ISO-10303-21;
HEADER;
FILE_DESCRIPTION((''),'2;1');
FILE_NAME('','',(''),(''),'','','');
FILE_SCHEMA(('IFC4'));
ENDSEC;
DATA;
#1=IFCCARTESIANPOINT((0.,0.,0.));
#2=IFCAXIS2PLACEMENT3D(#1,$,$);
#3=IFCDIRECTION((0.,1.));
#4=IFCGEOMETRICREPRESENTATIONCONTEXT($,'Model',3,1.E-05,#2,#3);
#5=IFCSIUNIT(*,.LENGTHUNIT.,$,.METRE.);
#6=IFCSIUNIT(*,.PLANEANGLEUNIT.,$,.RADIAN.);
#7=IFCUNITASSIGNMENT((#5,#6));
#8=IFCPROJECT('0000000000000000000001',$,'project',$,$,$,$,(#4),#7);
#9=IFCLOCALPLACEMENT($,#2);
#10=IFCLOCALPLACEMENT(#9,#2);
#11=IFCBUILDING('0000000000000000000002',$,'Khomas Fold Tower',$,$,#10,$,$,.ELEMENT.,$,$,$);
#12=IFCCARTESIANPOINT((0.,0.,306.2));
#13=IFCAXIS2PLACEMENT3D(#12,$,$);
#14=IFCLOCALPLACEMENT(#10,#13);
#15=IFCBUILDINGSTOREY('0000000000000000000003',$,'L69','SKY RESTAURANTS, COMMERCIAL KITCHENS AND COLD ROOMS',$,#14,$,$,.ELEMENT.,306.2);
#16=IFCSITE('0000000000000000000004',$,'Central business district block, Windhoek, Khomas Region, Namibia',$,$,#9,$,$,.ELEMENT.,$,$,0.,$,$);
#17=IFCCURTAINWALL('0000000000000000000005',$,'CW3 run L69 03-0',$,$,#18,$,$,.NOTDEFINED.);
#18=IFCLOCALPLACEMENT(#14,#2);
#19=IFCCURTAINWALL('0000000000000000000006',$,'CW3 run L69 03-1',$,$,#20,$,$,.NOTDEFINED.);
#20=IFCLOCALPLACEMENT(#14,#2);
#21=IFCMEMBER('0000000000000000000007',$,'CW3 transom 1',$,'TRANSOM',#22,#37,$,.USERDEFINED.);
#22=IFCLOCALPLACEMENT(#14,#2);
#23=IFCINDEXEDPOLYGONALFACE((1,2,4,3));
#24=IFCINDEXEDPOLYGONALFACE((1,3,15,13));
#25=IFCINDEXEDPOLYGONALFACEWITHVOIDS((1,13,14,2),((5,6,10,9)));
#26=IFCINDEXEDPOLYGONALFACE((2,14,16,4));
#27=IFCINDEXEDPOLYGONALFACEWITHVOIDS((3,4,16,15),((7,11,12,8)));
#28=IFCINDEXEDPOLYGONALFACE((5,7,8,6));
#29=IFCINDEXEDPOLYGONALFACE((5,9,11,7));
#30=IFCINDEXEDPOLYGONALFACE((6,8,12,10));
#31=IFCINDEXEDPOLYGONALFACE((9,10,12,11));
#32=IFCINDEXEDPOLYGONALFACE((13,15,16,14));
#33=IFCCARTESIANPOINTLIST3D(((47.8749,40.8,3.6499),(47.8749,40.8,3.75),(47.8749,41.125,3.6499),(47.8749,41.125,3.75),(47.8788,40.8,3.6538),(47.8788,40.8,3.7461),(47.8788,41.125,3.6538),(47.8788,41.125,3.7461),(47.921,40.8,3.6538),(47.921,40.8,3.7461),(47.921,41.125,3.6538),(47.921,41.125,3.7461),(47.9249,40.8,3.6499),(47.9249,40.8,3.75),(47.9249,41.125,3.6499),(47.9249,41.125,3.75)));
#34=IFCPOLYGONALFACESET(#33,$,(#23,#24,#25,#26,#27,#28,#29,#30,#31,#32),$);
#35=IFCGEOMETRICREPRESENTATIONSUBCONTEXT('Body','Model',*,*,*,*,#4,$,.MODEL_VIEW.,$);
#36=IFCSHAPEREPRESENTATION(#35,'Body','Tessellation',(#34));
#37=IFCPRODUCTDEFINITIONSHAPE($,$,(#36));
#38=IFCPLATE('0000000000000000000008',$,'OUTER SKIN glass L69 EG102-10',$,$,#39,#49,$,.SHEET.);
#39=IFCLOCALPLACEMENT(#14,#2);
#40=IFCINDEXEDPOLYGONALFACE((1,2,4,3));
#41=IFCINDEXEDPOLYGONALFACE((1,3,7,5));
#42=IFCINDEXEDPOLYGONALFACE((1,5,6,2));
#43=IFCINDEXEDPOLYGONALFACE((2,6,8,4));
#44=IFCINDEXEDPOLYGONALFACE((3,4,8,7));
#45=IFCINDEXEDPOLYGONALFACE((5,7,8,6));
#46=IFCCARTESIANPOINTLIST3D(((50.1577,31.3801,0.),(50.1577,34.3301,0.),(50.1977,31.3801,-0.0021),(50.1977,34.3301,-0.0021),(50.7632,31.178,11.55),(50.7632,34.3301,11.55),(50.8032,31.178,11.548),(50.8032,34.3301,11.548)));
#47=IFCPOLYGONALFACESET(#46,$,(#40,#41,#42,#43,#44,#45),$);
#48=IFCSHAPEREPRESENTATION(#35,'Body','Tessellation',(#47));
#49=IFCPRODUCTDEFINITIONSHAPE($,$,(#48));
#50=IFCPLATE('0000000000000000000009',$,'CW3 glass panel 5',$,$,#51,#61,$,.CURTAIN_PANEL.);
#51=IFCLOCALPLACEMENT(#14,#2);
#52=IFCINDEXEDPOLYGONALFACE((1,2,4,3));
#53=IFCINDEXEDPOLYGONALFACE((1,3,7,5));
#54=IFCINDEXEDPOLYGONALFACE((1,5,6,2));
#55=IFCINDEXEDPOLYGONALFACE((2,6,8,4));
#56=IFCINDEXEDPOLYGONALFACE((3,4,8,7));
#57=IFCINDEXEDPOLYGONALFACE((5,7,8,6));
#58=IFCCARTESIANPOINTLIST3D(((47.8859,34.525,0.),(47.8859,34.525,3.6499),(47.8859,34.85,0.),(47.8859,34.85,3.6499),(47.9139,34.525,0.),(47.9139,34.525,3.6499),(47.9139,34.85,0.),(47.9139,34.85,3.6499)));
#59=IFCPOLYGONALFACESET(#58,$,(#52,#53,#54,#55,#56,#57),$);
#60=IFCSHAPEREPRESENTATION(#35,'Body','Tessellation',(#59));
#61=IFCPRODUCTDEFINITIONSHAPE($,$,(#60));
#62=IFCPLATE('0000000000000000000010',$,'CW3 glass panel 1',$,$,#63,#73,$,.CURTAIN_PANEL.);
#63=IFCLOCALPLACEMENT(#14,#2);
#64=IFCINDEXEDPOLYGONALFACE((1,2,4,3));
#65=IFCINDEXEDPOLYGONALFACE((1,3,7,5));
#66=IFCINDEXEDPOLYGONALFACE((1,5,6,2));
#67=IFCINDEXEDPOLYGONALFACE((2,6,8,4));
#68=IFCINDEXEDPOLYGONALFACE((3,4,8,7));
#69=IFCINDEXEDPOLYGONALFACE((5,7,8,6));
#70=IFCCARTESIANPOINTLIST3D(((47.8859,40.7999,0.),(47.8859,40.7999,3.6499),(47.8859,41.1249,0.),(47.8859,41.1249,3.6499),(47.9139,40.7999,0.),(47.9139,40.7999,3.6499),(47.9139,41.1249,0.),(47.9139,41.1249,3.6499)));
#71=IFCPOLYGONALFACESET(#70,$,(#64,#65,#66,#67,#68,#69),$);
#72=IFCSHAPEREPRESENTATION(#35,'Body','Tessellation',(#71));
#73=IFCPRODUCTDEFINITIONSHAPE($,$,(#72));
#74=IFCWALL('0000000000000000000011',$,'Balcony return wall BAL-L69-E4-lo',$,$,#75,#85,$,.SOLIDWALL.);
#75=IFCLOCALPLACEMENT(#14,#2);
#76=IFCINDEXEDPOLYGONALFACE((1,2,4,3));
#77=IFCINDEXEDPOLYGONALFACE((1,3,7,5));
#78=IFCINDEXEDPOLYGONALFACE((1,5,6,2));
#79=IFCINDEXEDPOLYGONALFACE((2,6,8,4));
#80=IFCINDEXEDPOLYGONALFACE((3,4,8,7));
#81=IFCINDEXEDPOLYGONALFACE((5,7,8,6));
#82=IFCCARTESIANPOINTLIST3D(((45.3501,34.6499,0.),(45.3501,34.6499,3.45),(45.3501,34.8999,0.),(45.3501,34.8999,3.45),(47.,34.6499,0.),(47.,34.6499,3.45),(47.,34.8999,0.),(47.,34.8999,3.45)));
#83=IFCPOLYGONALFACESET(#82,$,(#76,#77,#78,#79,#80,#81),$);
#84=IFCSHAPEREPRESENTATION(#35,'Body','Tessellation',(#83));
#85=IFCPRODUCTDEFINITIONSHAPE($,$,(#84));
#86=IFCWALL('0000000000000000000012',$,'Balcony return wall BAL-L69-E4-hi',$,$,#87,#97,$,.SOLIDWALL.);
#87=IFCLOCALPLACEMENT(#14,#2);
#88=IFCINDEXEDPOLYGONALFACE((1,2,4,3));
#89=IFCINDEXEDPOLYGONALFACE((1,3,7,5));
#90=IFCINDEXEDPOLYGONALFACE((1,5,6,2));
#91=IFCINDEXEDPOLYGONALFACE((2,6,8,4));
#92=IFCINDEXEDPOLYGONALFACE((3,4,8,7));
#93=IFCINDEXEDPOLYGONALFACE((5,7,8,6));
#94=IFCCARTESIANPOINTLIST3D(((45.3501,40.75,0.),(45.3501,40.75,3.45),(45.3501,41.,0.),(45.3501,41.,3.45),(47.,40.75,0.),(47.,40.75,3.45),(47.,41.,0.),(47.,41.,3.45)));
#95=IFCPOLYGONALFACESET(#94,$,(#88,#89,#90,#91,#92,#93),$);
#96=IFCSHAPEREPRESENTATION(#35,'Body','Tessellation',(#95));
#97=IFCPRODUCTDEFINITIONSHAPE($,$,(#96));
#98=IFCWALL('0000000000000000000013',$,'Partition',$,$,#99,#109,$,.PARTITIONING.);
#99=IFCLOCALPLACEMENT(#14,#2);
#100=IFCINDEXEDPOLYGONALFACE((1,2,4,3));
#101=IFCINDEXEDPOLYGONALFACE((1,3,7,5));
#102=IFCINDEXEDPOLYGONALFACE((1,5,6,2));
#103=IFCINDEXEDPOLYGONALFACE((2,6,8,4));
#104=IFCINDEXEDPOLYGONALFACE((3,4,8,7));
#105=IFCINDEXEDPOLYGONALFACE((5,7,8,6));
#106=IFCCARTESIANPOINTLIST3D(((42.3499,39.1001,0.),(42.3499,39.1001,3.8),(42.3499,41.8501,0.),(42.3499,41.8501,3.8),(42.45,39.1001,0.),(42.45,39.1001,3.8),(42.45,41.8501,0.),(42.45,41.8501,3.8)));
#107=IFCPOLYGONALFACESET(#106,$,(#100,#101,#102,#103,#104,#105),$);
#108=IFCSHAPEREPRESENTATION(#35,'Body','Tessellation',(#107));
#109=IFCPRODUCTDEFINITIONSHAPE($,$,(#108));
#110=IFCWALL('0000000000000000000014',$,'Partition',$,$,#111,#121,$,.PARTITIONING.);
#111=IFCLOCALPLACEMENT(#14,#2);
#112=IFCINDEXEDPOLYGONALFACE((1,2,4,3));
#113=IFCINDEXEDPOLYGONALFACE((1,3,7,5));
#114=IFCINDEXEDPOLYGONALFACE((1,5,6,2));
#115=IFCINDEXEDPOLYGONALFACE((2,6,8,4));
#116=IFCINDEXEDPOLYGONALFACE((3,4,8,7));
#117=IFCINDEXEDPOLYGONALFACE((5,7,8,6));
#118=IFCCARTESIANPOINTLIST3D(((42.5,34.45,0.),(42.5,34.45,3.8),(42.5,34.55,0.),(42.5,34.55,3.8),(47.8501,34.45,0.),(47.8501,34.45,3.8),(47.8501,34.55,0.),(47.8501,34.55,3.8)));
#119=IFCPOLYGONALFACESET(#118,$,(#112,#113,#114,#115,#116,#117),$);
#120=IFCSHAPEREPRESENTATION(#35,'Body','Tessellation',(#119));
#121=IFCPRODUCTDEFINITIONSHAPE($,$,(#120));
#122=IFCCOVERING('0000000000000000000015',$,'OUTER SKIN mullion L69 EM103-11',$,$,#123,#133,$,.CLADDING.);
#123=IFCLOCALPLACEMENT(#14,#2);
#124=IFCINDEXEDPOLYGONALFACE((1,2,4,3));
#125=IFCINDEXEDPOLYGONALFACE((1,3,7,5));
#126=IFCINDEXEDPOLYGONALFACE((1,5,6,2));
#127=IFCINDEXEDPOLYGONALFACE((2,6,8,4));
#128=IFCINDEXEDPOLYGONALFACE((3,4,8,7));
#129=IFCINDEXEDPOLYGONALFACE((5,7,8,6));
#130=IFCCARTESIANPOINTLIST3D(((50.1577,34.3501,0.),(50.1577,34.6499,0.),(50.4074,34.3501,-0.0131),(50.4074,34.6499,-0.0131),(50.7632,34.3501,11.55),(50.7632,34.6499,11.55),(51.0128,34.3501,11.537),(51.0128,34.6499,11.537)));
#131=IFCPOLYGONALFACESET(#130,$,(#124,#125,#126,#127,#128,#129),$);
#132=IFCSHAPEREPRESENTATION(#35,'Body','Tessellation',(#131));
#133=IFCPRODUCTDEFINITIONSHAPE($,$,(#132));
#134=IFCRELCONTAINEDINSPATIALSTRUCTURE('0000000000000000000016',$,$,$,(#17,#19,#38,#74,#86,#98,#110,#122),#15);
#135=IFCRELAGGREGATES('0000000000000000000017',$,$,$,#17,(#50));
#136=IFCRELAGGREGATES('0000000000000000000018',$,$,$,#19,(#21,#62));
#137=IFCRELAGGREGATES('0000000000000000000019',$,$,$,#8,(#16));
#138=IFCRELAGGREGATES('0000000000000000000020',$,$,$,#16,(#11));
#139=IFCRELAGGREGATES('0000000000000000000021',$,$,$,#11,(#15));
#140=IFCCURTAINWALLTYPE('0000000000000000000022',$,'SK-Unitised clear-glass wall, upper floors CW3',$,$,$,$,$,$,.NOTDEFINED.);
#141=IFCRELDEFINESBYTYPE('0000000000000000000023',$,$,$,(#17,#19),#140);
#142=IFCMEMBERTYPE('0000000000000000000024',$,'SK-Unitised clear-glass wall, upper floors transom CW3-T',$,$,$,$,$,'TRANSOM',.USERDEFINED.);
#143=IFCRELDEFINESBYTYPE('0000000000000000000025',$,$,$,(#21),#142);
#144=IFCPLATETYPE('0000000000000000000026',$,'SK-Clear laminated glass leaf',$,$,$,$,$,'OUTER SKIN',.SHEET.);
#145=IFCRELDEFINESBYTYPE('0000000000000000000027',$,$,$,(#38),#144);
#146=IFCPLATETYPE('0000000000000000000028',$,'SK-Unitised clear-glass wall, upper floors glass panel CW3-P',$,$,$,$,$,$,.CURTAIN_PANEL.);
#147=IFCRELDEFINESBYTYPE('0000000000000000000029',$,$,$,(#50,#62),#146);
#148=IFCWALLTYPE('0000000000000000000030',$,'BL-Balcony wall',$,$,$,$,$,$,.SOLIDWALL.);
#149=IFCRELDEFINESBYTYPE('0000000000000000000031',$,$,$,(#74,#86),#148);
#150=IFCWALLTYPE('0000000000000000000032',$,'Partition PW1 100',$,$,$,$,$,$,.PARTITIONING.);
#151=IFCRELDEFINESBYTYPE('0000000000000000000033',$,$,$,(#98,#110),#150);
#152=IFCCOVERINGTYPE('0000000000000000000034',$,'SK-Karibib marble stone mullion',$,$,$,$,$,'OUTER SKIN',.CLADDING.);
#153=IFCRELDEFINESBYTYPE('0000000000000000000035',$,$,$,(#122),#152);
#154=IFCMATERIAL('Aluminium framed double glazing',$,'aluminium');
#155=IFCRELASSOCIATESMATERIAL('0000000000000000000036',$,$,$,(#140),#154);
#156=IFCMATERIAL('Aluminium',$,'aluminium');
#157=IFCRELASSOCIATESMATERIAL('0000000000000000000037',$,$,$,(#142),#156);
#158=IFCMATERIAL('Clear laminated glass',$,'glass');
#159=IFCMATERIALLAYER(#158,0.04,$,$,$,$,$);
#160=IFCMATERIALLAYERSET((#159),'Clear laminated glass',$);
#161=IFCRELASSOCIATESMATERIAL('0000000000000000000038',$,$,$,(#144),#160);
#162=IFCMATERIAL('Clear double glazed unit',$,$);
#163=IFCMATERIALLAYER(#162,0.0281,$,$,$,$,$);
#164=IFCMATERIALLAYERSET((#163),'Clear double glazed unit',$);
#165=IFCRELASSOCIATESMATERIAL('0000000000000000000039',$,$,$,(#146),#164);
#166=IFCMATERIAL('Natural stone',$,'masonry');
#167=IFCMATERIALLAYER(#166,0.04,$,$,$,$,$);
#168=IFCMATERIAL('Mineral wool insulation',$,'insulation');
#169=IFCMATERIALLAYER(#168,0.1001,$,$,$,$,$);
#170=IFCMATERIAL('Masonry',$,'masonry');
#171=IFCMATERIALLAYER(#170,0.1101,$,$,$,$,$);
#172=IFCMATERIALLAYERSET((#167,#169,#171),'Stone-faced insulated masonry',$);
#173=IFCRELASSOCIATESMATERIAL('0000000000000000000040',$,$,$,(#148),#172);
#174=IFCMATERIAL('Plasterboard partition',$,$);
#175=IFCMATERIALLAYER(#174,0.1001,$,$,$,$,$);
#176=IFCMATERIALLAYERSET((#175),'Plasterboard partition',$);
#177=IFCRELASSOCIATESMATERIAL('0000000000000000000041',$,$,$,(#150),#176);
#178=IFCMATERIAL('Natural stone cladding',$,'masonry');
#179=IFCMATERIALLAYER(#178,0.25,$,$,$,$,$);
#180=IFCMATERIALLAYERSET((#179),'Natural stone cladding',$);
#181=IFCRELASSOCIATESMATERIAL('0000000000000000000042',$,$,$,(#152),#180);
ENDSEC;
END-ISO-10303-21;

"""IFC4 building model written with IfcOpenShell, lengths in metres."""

from ifc_helpers import new_model, si_unit, direction, frame, frame_2d, origin, origin_2d, place, context, subcontext, project, spatial, polyline, rectangle, hollow_rectangle, outline, extrude, source, transform, mapped, material, layer, layer_set, material_profile, profile_set, type_object, element, aggregate, save


model = new_model("IFC4")

# Units and contexts
model_context = context("Model", 3, precision=1e-05, world=origin(), true_north=direction((0.0, 1.0)))
body_context = subcontext(model_context, "Body", "Model", "MODEL_VIEW")
ifc_project = project(units=[si_unit("LENGTHUNIT", "METRE"), si_unit("PLANEANGLEUNIT", "RADIAN")], contexts=[model_context])

# Site, building, storey
site_placement = place(None, origin())
site = spatial("IfcSite", under=ifc_project, at=site_placement, Name="Central business district block, Windhoek, Khomas Region, Namibia", CompositionType="ELEMENT", RefElevation=0.0)
building_placement = place(site_placement, origin())
building = spatial("IfcBuilding", under=site, at=building_placement, Name="Khomas Fold Tower", CompositionType="ELEMENT")
storey_placement = place(building_placement, frame((0.0, 0.0, 306.2)))
storey = spatial("IfcBuildingStorey", under=building, at=storey_placement, Name="L69", Description="SKY RESTAURANTS, COMMERCIAL KITCHENS AND COLD ROOMS", CompositionType="ELEMENT", Elevation=306.2)

# Curtain wall
ifc_material_1 = material(Name="Aluminium framed double glazing", Category="aluminium")
curtain_wall_type = type_object("IfcCurtainWallType", Name="SK-Unitised clear-glass wall, upper floors CW3", PredefinedType="NOTDEFINED", material=ifc_material_1)
curtain_wall_1_placement = place(storey_placement, origin())
curtain_wall_1 = element("IfcCurtainWall", 1, at=curtain_wall_1_placement, inside=storey, type_object=curtain_wall_type, Name="CW3 run L69 03-0", PredefinedType="NOTDEFINED")

# Curtain wall
curtain_wall_2_placement = place(storey_placement, origin())
curtain_wall_2 = element("IfcCurtainWall", 2, at=curtain_wall_2_placement, inside=storey, type_object=curtain_wall_type, Name="CW3 run L69 03-1", PredefinedType="NOTDEFINED")

# Member
ifc_material_2 = material(Name="Aluminium", Category="aluminium")
ifc_material_profile_1 = material_profile(ifc_material_2, hollow_rectangle(XDim=0.05, YDim=0.1001, WallThickness=0.0039, at=origin_2d()), Name="SK-Unitised clear-glass wall, upper floors transom CW3-T")
ifc_profile_set_1 = profile_set([ifc_material_profile_1], Name="Aluminium")
member_type_1 = type_object("IfcMemberType", Name="SK-Unitised clear-glass wall, upper floors transom CW3-T", ElementType="TRANSOM", PredefinedType="USERDEFINED", material=ifc_profile_set_1)
shared_shape_1 = source(origin(), body_context, "Body", "SweptSolid", [
    extrude(hollow_rectangle(XDim=0.05, YDim=0.1001, WallThickness=0.0039, at=origin_2d()), origin(), (0.0, 0.0, 1.0), 0.325),
])
member_1_placement = place(storey_placement, frame((47.8999, 40.8, 3.7), z_axis=(0.0, 1.0, 0.0), x_axis=(-1.0, 0.0, 0.0)))
member_1 = element("IfcMember", 3, at=member_1_placement, type_object=member_type_1, Name="CW3 transom 1", ObjectType="TRANSOM", PredefinedType="USERDEFINED", context=body_context, shape_type="MappedRepresentation", body=[
    mapped(shared_shape_1, transform((0.0, 0.0, 0.0))),
])

# Plates
ifc_material_3 = material(Name="Clear laminated glass", Category="glass")
ifc_layer_1 = layer(ifc_material_3, 0.04)
ifc_layer_set_1 = layer_set([ifc_layer_1], Name="Clear laminated glass")
plate_type_1 = type_object("IfcPlateType", Name="SK-Clear laminated glass leaf", ElementType="OUTER SKIN", PredefinedType="SHEET", material=ifc_layer_set_1)
plate_1_placement = place(storey_placement, frame((50.1577, 31.3801, 0.0), z_axis=(-0.998629, 0.0, 0.052349), x_axis=(0.052341, -0.017475, 0.998476)))
element("IfcPlate", 4, at=plate_1_placement, inside=storey, type_object=plate_type_1, Name="OUTER SKIN glass L69 EG102-10", PredefinedType="SHEET", context=body_context, shape_type="SweptSolid", body=[
    extrude(outline(polyline([(0.0, 0.0), (11.5677, 0.0), (11.5126, 3.1516), (-0.0516, 2.9495), (0.0, 0.0)])), origin(), (0.0, 0.0, -1.0), 0.04),
])
ifc_material_4 = material(Name="Clear double glazed unit")
ifc_layer_2 = layer(ifc_material_4, 0.0281)
ifc_layer_set_2 = layer_set([ifc_layer_2], Name="Clear double glazed unit")
plate_type_2 = type_object("IfcPlateType", Name="SK-Unitised clear-glass wall, upper floors glass panel CW3-P", PredefinedType="CURTAIN_PANEL", material=ifc_layer_set_2)
shared_shape_2 = source(origin(), body_context, "Body", "SweptSolid", [
    extrude(rectangle(XDim=0.325, YDim=0.0281, at=origin_2d()), origin(), (0.0, 0.0, 1.0), 3.6499),
])
plate_2_placement = place(storey_placement, frame((47.8999, 34.6875, 0.0), z_axis=(0.0, 0.0, 1.0), x_axis=(0.0, 1.0, 0.0)))
plate_2 = element("IfcPlate", 5, at=plate_2_placement, type_object=plate_type_2, Name="CW3 glass panel 5", PredefinedType="CURTAIN_PANEL", context=body_context, shape_type="MappedRepresentation", body=[
    mapped(shared_shape_2, transform((0.0, 0.0, 0.0))),
])
aggregate(curtain_wall_1, [plate_2])
plate_3_placement = place(storey_placement, frame((47.8999, 40.9624, 0.0), z_axis=(0.0, 0.0, 1.0), x_axis=(0.0, 1.0, 0.0)))
plate_3 = element("IfcPlate", 6, at=plate_3_placement, type_object=plate_type_2, Name="CW3 glass panel 1", PredefinedType="CURTAIN_PANEL", context=body_context, shape_type="MappedRepresentation", body=[
    mapped(shared_shape_2, transform((0.0, 0.0, 0.0))),
])
aggregate(curtain_wall_2, [member_1, plate_3])

# Shared definitions
ifc_material_5 = material(Name="Natural stone", Category="masonry")
ifc_layer_3 = layer(ifc_material_5, 0.04)
ifc_material_6 = material(Name="Mineral wool insulation", Category="insulation")
ifc_layer_4 = layer(ifc_material_6, 0.1001)
ifc_material_7 = material(Name="Masonry", Category="masonry")
ifc_layer_5 = layer(ifc_material_7, 0.1101)
ifc_layer_set_3 = layer_set([ifc_layer_3, ifc_layer_4, ifc_layer_5], Name="Stone-faced insulated masonry")
wall_type_1 = type_object("IfcWallType", Name="BL-Balcony wall", PredefinedType="SOLIDWALL", material=ifc_layer_set_3)

# Walls
shared_shape_3 = source(origin(), body_context, "Body", "SweptSolid", [
    extrude(rectangle(XDim=1.6499, YDim=0.25, at=frame_2d((0.825, 0.0))), origin(), (0.0, 0.0, 1.0), 3.45),
])
for number, where, z_axis, x_axis, name in (
    (7, (47.0, 34.7749, 0.0), (0.0, 0.0, 1.0), (-1.0, 0.0, 0.0), "Balcony return wall BAL-L69-E4-lo"),
    (8, (47.0, 40.875, 0.0), (0.0, 0.0, 1.0), (-1.0, 0.0, 0.0), "Balcony return wall BAL-L69-E4-hi"),
):
    element("IfcWall", number, at=place(storey_placement, frame(where, z_axis=z_axis, x_axis=x_axis)), inside=storey, type_object=wall_type_1, Name=name, PredefinedType="SOLIDWALL", context=body_context, shape_type="MappedRepresentation", body=[
        mapped(shared_shape_3, transform((0.0, 0.0, 0.0))),
    ])
ifc_material_8 = material(Name="Plasterboard partition")
ifc_layer_6 = layer(ifc_material_8, 0.1001)
ifc_layer_set_4 = layer_set([ifc_layer_6], Name="Plasterboard partition")
wall_type_2 = type_object("IfcWallType", Name="Partition PW1 100", PredefinedType="PARTITIONING", material=ifc_layer_set_4)
shared_shape_4 = source(origin(), body_context, "Body", "SweptSolid", [
    extrude(rectangle(XDim=2.75, YDim=0.1001, at=frame_2d((1.375, 0.0))), origin(), (0.0, 0.0, 1.0), 3.8),
])
wall_1_placement = place(storey_placement, frame((42.3999, 39.1001, 0.0), z_axis=(0.0, 0.0, 1.0), x_axis=(0.0, 1.0, 0.0)))
element("IfcWall", 9, at=wall_1_placement, inside=storey, type_object=wall_type_2, Name="Partition", PredefinedType="PARTITIONING", context=body_context, shape_type="MappedRepresentation", body=[
    mapped(shared_shape_4, transform((0.0, 0.0, 0.0))),
])
shared_shape_5 = source(origin(), body_context, "Body", "SweptSolid", [
    extrude(rectangle(XDim=5.3501, YDim=0.1001, at=frame_2d((2.675, 0.0))), origin(), (0.0, 0.0, 1.0), 3.8),
])
wall_2_placement = place(storey_placement, frame((42.5, 34.5, 0.0), z_axis=(0.0, 0.0, 1.0), x_axis=(1.0, 0.0, 0.0)))
element("IfcWall", 10, at=wall_2_placement, inside=storey, type_object=wall_type_2, Name="Partition", PredefinedType="PARTITIONING", context=body_context, shape_type="MappedRepresentation", body=[
    mapped(shared_shape_5, transform((0.0, 0.0, 0.0))),
])

# Covering
ifc_material_9 = material(Name="Natural stone cladding", Category="masonry")
ifc_layer_7 = layer(ifc_material_9, 0.25)
ifc_layer_set_5 = layer_set([ifc_layer_7], Name="Natural stone cladding")
covering_type = type_object("IfcCoveringType", Name="SK-Karibib marble stone mullion", ElementType="OUTER SKIN", PredefinedType="CLADDING", material=ifc_layer_set_5)
covering_placement = place(storey_placement, frame((50.1577, 34.3501, 0.0), z_axis=(-0.998629, 0.0, 0.052349), x_axis=(0.052349, 0.0, 0.998629)))
element("IfcCovering", 11, at=covering_placement, inside=storey, type_object=covering_type, Name="OUTER SKIN mullion L69 EM103-11", PredefinedType="CLADDING", context=body_context, shape_type="SweptSolid", body=[
    extrude(outline(polyline([(0.0, 0.0), (11.5659, 0.0), (11.5659, 0.2998), (0.0, 0.2998), (0.0, 0.0)])), origin(), (0.0, 0.0, -1.0), 0.25),
])

save(model, "model.ifc")
